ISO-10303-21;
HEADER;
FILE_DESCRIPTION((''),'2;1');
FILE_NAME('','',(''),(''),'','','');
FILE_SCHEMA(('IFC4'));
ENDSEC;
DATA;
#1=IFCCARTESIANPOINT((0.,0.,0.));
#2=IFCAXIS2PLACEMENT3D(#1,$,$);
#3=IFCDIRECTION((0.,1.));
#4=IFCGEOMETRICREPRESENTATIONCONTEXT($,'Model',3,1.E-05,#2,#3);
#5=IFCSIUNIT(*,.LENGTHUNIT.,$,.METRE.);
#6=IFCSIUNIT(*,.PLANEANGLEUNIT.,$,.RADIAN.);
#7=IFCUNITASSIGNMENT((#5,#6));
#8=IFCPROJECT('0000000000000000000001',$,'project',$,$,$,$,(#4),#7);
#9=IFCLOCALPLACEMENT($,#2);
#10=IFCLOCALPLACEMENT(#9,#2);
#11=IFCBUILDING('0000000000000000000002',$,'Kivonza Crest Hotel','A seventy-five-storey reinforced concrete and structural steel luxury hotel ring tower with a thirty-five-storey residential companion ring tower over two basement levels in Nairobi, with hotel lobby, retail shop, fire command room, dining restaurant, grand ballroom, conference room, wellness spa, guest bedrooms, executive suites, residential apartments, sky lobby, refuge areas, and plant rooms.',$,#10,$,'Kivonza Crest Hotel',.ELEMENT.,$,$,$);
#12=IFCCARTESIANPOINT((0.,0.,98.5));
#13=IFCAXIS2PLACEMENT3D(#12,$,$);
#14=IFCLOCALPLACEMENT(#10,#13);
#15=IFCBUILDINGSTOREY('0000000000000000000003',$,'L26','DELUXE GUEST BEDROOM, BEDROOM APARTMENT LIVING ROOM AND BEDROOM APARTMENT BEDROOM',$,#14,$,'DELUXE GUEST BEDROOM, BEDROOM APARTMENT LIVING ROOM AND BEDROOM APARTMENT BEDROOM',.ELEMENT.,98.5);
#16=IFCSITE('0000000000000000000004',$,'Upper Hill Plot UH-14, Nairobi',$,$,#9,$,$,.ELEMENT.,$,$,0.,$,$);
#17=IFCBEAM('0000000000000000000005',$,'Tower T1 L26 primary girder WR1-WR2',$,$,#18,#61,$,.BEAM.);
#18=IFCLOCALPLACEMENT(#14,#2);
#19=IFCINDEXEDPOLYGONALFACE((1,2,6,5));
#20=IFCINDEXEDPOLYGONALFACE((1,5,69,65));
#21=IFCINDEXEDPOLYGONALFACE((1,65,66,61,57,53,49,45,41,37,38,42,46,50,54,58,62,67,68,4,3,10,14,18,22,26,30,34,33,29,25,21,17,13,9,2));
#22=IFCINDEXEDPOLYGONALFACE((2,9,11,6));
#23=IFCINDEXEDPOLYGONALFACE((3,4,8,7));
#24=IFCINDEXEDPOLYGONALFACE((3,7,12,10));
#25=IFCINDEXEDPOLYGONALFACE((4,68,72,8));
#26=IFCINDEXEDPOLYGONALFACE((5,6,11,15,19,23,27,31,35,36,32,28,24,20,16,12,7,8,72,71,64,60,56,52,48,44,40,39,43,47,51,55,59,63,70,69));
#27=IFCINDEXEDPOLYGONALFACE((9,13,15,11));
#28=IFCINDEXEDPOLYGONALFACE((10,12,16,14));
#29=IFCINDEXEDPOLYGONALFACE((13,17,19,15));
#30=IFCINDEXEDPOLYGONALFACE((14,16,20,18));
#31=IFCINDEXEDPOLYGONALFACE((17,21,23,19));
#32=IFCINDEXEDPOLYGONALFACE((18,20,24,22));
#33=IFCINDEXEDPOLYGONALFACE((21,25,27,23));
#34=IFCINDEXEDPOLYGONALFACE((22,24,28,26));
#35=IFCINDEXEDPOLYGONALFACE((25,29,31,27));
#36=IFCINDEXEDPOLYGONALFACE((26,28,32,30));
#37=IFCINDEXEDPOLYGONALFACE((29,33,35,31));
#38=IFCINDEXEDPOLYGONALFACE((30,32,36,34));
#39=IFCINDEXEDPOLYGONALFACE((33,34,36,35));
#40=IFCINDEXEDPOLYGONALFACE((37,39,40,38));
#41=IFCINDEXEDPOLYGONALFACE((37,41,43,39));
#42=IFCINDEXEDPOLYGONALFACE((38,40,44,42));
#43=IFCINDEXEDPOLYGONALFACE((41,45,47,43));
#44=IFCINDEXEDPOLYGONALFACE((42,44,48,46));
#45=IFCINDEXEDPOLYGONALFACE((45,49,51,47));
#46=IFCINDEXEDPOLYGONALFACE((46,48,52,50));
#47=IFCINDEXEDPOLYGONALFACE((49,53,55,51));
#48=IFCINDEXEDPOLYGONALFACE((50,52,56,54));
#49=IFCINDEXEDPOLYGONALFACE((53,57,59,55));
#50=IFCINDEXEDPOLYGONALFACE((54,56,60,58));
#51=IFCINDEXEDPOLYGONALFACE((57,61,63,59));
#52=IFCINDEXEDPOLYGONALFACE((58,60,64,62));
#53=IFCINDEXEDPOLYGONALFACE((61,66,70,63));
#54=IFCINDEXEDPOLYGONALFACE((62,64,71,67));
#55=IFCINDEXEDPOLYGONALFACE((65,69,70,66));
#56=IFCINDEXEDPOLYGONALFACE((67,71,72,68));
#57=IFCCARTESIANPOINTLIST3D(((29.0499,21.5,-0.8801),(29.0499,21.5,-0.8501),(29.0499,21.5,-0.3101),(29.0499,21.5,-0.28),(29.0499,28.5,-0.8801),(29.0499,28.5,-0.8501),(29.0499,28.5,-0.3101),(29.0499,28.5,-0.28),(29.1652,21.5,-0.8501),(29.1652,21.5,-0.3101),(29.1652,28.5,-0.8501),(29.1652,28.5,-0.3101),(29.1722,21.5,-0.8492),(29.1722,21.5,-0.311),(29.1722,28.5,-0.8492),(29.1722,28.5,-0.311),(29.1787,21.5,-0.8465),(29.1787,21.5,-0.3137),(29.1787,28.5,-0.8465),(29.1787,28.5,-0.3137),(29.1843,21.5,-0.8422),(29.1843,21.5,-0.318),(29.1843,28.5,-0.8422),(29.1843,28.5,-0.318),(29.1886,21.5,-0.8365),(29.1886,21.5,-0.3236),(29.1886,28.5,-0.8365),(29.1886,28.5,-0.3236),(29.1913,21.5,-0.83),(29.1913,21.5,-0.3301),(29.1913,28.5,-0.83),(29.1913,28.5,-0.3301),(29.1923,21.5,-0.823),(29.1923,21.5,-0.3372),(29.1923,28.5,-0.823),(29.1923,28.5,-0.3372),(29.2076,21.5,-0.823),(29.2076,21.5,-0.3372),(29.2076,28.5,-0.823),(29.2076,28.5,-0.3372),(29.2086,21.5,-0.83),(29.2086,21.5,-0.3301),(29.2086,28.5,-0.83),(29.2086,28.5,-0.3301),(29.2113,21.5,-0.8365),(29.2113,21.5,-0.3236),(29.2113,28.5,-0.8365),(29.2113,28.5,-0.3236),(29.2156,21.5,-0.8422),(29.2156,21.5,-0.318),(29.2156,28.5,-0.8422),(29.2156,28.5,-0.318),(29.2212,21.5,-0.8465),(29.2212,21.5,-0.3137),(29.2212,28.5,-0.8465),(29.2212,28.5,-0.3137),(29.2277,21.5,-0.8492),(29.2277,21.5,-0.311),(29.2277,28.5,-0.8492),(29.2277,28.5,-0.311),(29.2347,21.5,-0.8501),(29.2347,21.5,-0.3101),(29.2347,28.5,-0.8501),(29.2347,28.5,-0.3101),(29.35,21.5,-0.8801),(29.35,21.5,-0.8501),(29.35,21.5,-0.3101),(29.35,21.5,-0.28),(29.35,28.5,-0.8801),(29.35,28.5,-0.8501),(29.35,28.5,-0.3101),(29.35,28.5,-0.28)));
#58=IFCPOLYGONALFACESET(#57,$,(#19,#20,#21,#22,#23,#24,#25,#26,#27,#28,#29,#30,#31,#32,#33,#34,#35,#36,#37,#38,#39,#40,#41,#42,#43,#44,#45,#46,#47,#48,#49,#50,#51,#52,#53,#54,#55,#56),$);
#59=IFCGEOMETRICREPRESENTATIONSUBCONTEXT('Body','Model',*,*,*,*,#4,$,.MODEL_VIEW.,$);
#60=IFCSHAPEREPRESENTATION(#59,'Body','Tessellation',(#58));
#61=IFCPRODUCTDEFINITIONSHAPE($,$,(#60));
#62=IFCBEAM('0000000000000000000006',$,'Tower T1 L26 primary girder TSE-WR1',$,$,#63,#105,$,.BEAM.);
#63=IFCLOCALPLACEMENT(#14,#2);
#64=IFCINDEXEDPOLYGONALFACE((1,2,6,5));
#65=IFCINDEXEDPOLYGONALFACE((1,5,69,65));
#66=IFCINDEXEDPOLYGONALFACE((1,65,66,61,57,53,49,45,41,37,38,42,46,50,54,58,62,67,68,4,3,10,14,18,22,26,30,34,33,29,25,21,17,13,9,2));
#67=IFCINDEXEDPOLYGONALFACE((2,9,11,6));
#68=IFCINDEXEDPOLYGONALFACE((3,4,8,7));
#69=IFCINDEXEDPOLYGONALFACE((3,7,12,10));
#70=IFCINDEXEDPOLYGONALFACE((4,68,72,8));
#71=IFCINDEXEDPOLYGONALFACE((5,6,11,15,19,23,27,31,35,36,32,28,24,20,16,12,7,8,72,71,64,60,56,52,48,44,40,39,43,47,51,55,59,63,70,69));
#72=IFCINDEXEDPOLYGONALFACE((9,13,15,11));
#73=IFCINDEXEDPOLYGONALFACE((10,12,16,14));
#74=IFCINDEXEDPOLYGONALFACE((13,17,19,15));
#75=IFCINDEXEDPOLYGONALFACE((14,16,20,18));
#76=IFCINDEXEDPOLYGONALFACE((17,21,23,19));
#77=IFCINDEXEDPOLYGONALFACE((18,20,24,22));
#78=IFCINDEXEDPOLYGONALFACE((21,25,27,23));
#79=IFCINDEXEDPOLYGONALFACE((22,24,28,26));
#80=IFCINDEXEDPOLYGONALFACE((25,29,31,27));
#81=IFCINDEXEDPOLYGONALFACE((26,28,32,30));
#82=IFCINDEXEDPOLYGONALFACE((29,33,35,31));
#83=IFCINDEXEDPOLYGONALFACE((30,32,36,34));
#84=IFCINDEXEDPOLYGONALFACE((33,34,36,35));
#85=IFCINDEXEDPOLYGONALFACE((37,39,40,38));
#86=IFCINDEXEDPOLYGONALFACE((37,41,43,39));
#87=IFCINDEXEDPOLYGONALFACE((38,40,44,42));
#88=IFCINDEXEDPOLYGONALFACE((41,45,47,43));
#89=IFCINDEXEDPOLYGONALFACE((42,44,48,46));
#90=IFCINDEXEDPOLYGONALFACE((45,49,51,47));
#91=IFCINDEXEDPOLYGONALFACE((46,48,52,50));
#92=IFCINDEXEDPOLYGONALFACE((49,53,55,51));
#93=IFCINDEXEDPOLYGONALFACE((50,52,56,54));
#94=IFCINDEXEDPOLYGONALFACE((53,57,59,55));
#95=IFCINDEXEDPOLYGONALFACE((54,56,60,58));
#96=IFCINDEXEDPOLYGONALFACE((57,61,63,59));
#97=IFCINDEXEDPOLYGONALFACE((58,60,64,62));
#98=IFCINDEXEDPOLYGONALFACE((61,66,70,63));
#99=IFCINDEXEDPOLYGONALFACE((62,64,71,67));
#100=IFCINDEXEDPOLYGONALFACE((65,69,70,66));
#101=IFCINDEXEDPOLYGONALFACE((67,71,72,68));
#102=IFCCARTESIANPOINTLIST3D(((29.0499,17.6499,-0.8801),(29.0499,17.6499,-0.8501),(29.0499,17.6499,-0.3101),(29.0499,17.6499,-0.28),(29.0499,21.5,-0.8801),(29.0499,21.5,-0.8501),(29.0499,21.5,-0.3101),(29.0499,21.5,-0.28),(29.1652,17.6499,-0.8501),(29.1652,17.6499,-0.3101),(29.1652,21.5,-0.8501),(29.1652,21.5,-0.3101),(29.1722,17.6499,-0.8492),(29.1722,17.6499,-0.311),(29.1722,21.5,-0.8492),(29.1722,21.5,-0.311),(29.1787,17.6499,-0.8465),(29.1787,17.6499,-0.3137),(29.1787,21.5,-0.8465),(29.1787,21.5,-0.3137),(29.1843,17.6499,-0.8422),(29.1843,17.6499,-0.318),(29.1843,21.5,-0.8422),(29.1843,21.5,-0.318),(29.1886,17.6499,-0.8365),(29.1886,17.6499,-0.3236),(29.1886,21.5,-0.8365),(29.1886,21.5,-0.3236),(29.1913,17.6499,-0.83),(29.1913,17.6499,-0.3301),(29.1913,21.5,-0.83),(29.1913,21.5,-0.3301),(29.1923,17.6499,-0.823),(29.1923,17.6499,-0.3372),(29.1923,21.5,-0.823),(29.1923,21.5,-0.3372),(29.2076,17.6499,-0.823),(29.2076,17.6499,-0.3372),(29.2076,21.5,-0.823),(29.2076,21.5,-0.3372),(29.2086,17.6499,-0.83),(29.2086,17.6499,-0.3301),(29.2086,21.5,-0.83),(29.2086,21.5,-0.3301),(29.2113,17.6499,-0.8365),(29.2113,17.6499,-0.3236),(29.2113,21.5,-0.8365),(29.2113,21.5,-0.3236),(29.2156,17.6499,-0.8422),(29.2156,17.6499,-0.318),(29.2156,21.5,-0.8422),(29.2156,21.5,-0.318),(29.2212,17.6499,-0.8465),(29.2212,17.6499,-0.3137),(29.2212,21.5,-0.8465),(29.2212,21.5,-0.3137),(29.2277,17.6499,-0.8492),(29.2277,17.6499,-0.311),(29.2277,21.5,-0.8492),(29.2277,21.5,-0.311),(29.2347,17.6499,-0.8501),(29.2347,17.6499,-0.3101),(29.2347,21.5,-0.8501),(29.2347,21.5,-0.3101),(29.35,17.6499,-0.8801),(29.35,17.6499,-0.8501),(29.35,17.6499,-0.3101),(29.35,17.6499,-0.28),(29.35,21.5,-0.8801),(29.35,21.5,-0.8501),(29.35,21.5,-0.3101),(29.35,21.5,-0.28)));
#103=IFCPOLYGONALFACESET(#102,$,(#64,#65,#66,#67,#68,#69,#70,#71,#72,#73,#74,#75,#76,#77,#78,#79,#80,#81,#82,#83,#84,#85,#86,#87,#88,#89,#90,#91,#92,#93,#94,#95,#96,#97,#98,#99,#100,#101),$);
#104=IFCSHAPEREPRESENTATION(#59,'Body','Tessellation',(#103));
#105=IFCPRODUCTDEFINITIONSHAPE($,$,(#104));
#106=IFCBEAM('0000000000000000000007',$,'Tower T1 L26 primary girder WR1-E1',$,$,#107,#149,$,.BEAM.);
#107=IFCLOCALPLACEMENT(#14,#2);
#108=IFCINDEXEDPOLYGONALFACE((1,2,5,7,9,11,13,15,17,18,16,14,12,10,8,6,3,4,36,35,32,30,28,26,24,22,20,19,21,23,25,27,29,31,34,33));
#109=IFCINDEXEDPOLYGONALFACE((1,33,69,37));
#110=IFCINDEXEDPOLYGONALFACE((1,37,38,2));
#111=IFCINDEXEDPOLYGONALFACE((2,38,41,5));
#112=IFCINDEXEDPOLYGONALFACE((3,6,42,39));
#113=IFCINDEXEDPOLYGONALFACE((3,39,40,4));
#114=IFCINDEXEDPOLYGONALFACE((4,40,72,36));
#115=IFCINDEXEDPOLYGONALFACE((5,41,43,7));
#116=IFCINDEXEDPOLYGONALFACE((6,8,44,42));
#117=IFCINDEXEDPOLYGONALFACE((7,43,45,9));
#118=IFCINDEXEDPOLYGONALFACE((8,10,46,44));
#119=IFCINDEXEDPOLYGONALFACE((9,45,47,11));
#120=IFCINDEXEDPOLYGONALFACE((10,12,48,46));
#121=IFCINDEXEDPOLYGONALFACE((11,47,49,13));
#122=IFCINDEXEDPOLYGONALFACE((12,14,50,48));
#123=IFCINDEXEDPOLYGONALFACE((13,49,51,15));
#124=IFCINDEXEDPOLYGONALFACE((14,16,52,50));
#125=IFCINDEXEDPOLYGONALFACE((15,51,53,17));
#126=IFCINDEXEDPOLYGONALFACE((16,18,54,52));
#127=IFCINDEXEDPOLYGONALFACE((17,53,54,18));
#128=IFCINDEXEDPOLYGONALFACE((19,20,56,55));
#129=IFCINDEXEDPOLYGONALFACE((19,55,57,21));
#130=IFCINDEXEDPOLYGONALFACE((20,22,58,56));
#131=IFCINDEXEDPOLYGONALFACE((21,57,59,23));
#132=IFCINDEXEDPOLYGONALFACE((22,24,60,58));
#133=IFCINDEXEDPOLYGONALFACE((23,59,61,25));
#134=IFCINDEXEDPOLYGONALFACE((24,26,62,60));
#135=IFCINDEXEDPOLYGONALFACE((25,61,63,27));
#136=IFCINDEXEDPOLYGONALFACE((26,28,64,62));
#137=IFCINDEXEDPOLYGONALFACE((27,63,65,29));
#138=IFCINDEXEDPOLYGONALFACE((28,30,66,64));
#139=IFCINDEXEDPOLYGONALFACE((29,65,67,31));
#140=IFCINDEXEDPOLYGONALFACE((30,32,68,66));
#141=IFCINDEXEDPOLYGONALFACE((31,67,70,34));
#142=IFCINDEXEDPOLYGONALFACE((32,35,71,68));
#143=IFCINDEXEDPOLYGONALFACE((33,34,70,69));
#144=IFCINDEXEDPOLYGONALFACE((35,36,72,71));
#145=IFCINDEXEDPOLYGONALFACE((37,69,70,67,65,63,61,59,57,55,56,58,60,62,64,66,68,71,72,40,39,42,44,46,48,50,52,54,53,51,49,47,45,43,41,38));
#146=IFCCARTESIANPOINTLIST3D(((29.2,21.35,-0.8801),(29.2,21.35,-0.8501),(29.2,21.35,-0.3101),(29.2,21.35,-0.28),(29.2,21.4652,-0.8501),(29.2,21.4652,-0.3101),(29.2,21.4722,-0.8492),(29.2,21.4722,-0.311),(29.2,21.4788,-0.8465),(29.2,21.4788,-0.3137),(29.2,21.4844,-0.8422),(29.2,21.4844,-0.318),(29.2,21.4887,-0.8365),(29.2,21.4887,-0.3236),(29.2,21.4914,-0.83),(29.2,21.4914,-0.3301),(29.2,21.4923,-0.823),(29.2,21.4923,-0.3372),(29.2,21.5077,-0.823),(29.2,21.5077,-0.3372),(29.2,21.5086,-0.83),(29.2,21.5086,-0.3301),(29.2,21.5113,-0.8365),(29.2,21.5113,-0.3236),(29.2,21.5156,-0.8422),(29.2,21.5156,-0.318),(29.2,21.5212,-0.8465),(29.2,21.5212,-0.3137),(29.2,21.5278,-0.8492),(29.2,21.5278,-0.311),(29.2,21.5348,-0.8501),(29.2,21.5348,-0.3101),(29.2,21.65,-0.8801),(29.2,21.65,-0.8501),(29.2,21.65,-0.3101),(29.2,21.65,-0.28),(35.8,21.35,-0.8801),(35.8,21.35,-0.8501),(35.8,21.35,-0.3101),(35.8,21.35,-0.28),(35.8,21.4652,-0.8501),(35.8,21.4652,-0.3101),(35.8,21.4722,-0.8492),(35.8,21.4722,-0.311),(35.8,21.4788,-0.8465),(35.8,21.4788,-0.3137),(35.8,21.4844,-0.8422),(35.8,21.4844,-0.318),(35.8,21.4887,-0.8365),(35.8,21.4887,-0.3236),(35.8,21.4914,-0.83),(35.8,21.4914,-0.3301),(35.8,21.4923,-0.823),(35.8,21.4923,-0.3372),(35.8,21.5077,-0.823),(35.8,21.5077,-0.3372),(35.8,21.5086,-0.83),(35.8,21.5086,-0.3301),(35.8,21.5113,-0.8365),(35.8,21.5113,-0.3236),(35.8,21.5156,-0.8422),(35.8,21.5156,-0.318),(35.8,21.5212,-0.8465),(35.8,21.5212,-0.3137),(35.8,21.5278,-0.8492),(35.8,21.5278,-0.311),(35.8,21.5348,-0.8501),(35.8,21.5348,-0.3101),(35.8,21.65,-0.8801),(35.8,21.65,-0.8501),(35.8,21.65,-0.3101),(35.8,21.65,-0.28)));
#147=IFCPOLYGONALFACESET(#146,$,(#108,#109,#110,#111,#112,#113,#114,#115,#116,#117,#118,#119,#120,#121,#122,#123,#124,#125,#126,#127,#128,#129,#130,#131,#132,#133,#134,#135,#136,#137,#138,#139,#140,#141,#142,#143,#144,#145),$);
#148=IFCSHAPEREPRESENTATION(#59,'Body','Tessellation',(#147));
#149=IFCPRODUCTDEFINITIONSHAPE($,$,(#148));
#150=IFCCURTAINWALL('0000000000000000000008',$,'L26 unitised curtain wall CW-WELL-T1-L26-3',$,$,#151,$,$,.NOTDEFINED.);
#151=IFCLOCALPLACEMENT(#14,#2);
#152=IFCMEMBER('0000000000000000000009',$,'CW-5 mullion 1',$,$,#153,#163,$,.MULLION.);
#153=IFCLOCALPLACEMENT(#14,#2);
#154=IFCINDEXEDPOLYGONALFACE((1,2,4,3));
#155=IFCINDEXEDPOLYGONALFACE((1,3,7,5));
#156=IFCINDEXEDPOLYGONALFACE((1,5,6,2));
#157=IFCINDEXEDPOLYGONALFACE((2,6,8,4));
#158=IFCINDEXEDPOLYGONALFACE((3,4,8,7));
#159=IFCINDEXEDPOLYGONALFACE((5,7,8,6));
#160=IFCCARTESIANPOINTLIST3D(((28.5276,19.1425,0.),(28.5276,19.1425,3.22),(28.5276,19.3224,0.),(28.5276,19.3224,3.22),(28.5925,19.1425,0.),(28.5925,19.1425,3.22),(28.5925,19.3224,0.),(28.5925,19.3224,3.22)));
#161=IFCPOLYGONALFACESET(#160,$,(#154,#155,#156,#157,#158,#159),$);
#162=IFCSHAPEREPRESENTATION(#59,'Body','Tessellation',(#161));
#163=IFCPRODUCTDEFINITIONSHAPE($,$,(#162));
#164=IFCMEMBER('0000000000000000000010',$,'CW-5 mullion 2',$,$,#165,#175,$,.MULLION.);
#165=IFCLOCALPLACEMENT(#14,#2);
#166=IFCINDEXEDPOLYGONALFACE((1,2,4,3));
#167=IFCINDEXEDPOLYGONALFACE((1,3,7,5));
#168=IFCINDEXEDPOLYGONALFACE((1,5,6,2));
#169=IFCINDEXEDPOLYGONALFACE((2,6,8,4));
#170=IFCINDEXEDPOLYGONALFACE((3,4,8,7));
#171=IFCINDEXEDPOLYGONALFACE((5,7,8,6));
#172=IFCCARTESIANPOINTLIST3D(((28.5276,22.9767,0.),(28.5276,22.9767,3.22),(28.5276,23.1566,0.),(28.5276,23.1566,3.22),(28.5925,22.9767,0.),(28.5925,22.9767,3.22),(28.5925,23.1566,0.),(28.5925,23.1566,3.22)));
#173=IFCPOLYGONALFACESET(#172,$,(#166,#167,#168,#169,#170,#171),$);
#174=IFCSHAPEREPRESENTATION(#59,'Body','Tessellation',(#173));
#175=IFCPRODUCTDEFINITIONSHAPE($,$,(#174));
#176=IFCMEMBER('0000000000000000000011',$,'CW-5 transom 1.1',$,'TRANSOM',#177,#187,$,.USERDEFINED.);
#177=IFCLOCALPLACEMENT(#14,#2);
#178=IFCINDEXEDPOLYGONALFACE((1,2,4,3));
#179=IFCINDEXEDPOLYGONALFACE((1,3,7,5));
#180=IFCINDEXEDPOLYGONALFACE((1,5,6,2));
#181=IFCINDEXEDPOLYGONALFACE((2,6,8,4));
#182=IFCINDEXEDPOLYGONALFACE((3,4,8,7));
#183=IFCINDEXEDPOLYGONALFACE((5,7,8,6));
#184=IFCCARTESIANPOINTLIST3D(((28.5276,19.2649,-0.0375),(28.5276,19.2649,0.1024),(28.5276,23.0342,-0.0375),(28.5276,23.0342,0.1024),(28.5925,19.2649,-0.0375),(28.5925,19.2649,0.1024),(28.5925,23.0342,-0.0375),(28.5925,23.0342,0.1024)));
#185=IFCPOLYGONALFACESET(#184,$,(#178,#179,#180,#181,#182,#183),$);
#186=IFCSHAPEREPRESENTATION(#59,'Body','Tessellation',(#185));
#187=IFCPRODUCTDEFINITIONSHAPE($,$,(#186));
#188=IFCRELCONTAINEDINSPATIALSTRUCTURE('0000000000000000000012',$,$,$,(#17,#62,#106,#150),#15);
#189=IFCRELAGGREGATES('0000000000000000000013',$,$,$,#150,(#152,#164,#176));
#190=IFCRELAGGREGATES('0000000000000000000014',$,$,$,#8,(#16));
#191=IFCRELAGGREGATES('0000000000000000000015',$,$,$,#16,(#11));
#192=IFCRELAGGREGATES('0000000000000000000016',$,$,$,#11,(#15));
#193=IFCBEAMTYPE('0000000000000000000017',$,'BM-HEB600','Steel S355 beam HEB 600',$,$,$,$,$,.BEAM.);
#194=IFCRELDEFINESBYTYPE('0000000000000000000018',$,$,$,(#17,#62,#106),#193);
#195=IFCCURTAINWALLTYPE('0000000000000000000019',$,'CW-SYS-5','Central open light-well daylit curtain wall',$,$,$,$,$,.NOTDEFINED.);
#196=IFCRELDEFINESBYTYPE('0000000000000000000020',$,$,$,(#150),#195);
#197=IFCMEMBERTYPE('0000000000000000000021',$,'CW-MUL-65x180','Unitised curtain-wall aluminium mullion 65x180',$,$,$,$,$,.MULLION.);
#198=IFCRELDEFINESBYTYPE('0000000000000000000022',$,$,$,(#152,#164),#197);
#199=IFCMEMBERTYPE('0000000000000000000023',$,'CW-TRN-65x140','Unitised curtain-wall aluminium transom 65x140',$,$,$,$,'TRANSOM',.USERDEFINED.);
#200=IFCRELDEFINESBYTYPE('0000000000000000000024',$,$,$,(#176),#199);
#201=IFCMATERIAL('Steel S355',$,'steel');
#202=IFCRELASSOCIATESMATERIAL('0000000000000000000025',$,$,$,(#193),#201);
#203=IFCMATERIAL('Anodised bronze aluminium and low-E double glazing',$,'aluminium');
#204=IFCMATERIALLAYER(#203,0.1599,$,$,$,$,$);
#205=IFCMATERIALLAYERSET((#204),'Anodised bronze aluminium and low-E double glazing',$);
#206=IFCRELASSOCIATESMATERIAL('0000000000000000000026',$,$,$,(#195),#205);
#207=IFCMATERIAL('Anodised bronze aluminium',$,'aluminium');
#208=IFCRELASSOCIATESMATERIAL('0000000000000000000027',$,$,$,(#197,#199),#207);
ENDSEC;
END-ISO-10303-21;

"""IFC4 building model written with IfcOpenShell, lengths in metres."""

from ifc_helpers import new_model, si_unit, direction, frame, origin, origin_2d, place, context, subcontext, project, spatial, rectangle, i_section, extrude, material, layer, layer_set, material_profile, profile_set, type_object, element, aggregate, save


model = new_model("IFC4")

# Units and contexts
model_context = context("Model", 3, precision=1e-05, world=origin(), true_north=direction((0.0, 1.0)))
body_context = subcontext(model_context, "Body", "Model", "MODEL_VIEW")
ifc_project = project(units=[si_unit("LENGTHUNIT", "METRE"), si_unit("PLANEANGLEUNIT", "RADIAN")], contexts=[model_context])

# Site, building, storey
site_placement = place(None, origin())
site = spatial("IfcSite", under=ifc_project, at=site_placement, Name="Upper Hill Plot UH-14, Nairobi", CompositionType="ELEMENT", RefElevation=0.0)
building_placement = place(site_placement, origin())
building = spatial("IfcBuilding", under=site, at=building_placement, Name="Kivonza Crest Hotel", Description="A seventy-five-storey reinforced concrete and structural steel luxury hotel ring tower with a thirty-five-storey residential companion ring tower over two basement levels in Nairobi, with hotel lobby, retail shop, fire command room, dining restaurant, grand ballroom, conference room, wellness spa, guest bedrooms, executive suites, residential apartments, sky lobby, refuge areas, and plant rooms.", LongName="Kivonza Crest Hotel", CompositionType="ELEMENT")
storey_placement = place(building_placement, frame((0.0, 0.0, 98.5)))
storey = spatial("IfcBuildingStorey", under=building, at=storey_placement, Name="L26", Description="DELUXE GUEST BEDROOM, BEDROOM APARTMENT LIVING ROOM AND BEDROOM APARTMENT BEDROOM", LongName="DELUXE GUEST BEDROOM, BEDROOM APARTMENT LIVING ROOM AND BEDROOM APARTMENT BEDROOM", CompositionType="ELEMENT", Elevation=98.5)

# Beams
ifc_material_1 = material(Name="Steel S355", Category="steel")
ifc_material_profile_1 = material_profile(ifc_material_1, i_section(OverallWidth=0.3, OverallDepth=0.6001, WebThickness=0.0154, FlangeThickness=0.03, FilletRadius=0.0271, at=origin_2d()), Name="HEB 600")
ifc_profile_set_1 = profile_set([ifc_material_profile_1], Name="Steel S355")
beam_type_1 = type_object("IfcBeamType", Name="BM-HEB600", Description="Steel S355 beam HEB 600", PredefinedType="BEAM", material=ifc_profile_set_1)
beam_1_placement = place(storey_placement, frame((29.2, 21.5, -0.5801), z_axis=(0.0, 1.0, 0.0), x_axis=(-1.0, 0.0, 0.0)))
element("IfcBeam", 1, at=beam_1_placement, inside=storey, type_object=beam_type_1, Name="Tower T1 L26 primary girder WR1-WR2", PredefinedType="BEAM", context=body_context, shape_type="SweptSolid", body=[
    extrude(i_section(OverallWidth=0.3, OverallDepth=0.6001, WebThickness=0.0154, FlangeThickness=0.03, FilletRadius=0.0271, at=origin_2d()), origin(), (0.0, 0.0, 1.0), 7.0),
])
beam_2_placement = place(storey_placement, frame((29.2, 17.6499, -0.5801), z_axis=(0.0, 1.0, 0.0), x_axis=(-1.0, 0.0, 0.0)))
element("IfcBeam", 2, at=beam_2_placement, inside=storey, type_object=beam_type_1, Name="Tower T1 L26 primary girder TSE-WR1", PredefinedType="BEAM", context=body_context, shape_type="SweptSolid", body=[
    extrude(i_section(OverallWidth=0.3, OverallDepth=0.6001, WebThickness=0.0154, FlangeThickness=0.03, FilletRadius=0.0271, at=origin_2d()), origin(), (0.0, 0.0, 1.0), 3.8501),
])
beam_3_placement = place(storey_placement, frame((29.2, 21.5, -0.5801), z_axis=(1.0, 0.0, 0.0), x_axis=(0.0, 1.0, 0.0)))
element("IfcBeam", 3, at=beam_3_placement, inside=storey, type_object=beam_type_1, Name="Tower T1 L26 primary girder WR1-E1", PredefinedType="BEAM", context=body_context, shape_type="SweptSolid", body=[
    extrude(i_section(OverallWidth=0.3, OverallDepth=0.6001, WebThickness=0.0154, FlangeThickness=0.03, FilletRadius=0.0271, at=origin_2d()), origin(), (0.0, 0.0, 1.0), 6.6001),
])

# Curtain wall, members
ifc_material_2 = material(Name="Anodised bronze aluminium and low-E double glazing", Category="aluminium")
ifc_layer_1 = layer(ifc_material_2, 0.1599)
ifc_layer_set_1 = layer_set([ifc_layer_1], Name="Anodised bronze aluminium and low-E double glazing")
curtain_wall_type = type_object("IfcCurtainWallType", Name="CW-SYS-5", Description="Central open light-well daylit curtain wall", PredefinedType="NOTDEFINED", material=ifc_layer_set_1)
curtain_wall_placement = place(storey_placement, origin())
curtain_wall = element("IfcCurtainWall", 4, at=curtain_wall_placement, inside=storey, type_object=curtain_wall_type, Name="L26 unitised curtain wall CW-WELL-T1-L26-3", PredefinedType="NOTDEFINED")
ifc_material_3 = material(Name="Anodised bronze aluminium", Category="aluminium")
ifc_material_profile_2 = material_profile(ifc_material_3, rectangle(XDim=0.0649, YDim=0.1799, at=origin_2d()), Name="CW-M 65x180")
ifc_profile_set_2 = profile_set([ifc_material_profile_2], Name="Anodised bronze aluminium")
member_type_1 = type_object("IfcMemberType", Name="CW-MUL-65x180", Description="Unitised curtain-wall aluminium mullion 65x180", PredefinedType="MULLION", material=ifc_profile_set_2)
member_1_placement = place(storey_placement, frame((28.5601, 19.2324, 0.0), z_axis=(0.0, 0.0, 1.0), x_axis=(-1.0, 0.0, 0.0)))
member_1 = element("IfcMember", 5, at=member_1_placement, type_object=member_type_1, Name="CW-5 mullion 1", PredefinedType="MULLION", context=body_context, shape_type="SweptSolid", body=[
    extrude(rectangle(XDim=0.0649, YDim=0.1799, at=origin_2d()), origin(), (0.0, 0.0, 1.0), 3.22),
])
member_2_placement = place(storey_placement, frame((28.5601, 23.0667, 0.0), z_axis=(0.0, 0.0, 1.0), x_axis=(-1.0, 0.0, 0.0)))
member_2 = element("IfcMember", 6, at=member_2_placement, type_object=member_type_1, Name="CW-5 mullion 2", PredefinedType="MULLION", context=body_context, shape_type="SweptSolid", body=[
    extrude(rectangle(XDim=0.0649, YDim=0.1799, at=origin_2d()), origin(), (0.0, 0.0, 1.0), 3.22),
])
ifc_material_profile_3 = material_profile(ifc_material_3, rectangle(XDim=0.0649, YDim=0.1399, at=origin_2d()), Name="CW-T 65x140")
ifc_profile_set_3 = profile_set([ifc_material_profile_3], Name="Anodised bronze aluminium")
member_type_2 = type_object("IfcMemberType", Name="CW-TRN-65x140", Description="Unitised curtain-wall aluminium transom 65x140", ElementType="TRANSOM", PredefinedType="USERDEFINED", material=ifc_profile_set_3)
member_3_placement = place(storey_placement, frame((28.5601, 19.2649, 0.0325), z_axis=(0.0, 1.0, 0.0), x_axis=(-1.0, 0.0, 0.0)))
member_3 = element("IfcMember", 7, at=member_3_placement, type_object=member_type_2, Name="CW-5 transom 1.1", ObjectType="TRANSOM", PredefinedType="USERDEFINED", context=body_context, shape_type="SweptSolid", body=[
    extrude(rectangle(XDim=0.0649, YDim=0.1399, at=origin_2d()), origin(), (0.0, 0.0, 1.0), 3.7693),
])
aggregate(curtain_wall, [member_1, member_2, member_3])

save(model, "model.ifc")
